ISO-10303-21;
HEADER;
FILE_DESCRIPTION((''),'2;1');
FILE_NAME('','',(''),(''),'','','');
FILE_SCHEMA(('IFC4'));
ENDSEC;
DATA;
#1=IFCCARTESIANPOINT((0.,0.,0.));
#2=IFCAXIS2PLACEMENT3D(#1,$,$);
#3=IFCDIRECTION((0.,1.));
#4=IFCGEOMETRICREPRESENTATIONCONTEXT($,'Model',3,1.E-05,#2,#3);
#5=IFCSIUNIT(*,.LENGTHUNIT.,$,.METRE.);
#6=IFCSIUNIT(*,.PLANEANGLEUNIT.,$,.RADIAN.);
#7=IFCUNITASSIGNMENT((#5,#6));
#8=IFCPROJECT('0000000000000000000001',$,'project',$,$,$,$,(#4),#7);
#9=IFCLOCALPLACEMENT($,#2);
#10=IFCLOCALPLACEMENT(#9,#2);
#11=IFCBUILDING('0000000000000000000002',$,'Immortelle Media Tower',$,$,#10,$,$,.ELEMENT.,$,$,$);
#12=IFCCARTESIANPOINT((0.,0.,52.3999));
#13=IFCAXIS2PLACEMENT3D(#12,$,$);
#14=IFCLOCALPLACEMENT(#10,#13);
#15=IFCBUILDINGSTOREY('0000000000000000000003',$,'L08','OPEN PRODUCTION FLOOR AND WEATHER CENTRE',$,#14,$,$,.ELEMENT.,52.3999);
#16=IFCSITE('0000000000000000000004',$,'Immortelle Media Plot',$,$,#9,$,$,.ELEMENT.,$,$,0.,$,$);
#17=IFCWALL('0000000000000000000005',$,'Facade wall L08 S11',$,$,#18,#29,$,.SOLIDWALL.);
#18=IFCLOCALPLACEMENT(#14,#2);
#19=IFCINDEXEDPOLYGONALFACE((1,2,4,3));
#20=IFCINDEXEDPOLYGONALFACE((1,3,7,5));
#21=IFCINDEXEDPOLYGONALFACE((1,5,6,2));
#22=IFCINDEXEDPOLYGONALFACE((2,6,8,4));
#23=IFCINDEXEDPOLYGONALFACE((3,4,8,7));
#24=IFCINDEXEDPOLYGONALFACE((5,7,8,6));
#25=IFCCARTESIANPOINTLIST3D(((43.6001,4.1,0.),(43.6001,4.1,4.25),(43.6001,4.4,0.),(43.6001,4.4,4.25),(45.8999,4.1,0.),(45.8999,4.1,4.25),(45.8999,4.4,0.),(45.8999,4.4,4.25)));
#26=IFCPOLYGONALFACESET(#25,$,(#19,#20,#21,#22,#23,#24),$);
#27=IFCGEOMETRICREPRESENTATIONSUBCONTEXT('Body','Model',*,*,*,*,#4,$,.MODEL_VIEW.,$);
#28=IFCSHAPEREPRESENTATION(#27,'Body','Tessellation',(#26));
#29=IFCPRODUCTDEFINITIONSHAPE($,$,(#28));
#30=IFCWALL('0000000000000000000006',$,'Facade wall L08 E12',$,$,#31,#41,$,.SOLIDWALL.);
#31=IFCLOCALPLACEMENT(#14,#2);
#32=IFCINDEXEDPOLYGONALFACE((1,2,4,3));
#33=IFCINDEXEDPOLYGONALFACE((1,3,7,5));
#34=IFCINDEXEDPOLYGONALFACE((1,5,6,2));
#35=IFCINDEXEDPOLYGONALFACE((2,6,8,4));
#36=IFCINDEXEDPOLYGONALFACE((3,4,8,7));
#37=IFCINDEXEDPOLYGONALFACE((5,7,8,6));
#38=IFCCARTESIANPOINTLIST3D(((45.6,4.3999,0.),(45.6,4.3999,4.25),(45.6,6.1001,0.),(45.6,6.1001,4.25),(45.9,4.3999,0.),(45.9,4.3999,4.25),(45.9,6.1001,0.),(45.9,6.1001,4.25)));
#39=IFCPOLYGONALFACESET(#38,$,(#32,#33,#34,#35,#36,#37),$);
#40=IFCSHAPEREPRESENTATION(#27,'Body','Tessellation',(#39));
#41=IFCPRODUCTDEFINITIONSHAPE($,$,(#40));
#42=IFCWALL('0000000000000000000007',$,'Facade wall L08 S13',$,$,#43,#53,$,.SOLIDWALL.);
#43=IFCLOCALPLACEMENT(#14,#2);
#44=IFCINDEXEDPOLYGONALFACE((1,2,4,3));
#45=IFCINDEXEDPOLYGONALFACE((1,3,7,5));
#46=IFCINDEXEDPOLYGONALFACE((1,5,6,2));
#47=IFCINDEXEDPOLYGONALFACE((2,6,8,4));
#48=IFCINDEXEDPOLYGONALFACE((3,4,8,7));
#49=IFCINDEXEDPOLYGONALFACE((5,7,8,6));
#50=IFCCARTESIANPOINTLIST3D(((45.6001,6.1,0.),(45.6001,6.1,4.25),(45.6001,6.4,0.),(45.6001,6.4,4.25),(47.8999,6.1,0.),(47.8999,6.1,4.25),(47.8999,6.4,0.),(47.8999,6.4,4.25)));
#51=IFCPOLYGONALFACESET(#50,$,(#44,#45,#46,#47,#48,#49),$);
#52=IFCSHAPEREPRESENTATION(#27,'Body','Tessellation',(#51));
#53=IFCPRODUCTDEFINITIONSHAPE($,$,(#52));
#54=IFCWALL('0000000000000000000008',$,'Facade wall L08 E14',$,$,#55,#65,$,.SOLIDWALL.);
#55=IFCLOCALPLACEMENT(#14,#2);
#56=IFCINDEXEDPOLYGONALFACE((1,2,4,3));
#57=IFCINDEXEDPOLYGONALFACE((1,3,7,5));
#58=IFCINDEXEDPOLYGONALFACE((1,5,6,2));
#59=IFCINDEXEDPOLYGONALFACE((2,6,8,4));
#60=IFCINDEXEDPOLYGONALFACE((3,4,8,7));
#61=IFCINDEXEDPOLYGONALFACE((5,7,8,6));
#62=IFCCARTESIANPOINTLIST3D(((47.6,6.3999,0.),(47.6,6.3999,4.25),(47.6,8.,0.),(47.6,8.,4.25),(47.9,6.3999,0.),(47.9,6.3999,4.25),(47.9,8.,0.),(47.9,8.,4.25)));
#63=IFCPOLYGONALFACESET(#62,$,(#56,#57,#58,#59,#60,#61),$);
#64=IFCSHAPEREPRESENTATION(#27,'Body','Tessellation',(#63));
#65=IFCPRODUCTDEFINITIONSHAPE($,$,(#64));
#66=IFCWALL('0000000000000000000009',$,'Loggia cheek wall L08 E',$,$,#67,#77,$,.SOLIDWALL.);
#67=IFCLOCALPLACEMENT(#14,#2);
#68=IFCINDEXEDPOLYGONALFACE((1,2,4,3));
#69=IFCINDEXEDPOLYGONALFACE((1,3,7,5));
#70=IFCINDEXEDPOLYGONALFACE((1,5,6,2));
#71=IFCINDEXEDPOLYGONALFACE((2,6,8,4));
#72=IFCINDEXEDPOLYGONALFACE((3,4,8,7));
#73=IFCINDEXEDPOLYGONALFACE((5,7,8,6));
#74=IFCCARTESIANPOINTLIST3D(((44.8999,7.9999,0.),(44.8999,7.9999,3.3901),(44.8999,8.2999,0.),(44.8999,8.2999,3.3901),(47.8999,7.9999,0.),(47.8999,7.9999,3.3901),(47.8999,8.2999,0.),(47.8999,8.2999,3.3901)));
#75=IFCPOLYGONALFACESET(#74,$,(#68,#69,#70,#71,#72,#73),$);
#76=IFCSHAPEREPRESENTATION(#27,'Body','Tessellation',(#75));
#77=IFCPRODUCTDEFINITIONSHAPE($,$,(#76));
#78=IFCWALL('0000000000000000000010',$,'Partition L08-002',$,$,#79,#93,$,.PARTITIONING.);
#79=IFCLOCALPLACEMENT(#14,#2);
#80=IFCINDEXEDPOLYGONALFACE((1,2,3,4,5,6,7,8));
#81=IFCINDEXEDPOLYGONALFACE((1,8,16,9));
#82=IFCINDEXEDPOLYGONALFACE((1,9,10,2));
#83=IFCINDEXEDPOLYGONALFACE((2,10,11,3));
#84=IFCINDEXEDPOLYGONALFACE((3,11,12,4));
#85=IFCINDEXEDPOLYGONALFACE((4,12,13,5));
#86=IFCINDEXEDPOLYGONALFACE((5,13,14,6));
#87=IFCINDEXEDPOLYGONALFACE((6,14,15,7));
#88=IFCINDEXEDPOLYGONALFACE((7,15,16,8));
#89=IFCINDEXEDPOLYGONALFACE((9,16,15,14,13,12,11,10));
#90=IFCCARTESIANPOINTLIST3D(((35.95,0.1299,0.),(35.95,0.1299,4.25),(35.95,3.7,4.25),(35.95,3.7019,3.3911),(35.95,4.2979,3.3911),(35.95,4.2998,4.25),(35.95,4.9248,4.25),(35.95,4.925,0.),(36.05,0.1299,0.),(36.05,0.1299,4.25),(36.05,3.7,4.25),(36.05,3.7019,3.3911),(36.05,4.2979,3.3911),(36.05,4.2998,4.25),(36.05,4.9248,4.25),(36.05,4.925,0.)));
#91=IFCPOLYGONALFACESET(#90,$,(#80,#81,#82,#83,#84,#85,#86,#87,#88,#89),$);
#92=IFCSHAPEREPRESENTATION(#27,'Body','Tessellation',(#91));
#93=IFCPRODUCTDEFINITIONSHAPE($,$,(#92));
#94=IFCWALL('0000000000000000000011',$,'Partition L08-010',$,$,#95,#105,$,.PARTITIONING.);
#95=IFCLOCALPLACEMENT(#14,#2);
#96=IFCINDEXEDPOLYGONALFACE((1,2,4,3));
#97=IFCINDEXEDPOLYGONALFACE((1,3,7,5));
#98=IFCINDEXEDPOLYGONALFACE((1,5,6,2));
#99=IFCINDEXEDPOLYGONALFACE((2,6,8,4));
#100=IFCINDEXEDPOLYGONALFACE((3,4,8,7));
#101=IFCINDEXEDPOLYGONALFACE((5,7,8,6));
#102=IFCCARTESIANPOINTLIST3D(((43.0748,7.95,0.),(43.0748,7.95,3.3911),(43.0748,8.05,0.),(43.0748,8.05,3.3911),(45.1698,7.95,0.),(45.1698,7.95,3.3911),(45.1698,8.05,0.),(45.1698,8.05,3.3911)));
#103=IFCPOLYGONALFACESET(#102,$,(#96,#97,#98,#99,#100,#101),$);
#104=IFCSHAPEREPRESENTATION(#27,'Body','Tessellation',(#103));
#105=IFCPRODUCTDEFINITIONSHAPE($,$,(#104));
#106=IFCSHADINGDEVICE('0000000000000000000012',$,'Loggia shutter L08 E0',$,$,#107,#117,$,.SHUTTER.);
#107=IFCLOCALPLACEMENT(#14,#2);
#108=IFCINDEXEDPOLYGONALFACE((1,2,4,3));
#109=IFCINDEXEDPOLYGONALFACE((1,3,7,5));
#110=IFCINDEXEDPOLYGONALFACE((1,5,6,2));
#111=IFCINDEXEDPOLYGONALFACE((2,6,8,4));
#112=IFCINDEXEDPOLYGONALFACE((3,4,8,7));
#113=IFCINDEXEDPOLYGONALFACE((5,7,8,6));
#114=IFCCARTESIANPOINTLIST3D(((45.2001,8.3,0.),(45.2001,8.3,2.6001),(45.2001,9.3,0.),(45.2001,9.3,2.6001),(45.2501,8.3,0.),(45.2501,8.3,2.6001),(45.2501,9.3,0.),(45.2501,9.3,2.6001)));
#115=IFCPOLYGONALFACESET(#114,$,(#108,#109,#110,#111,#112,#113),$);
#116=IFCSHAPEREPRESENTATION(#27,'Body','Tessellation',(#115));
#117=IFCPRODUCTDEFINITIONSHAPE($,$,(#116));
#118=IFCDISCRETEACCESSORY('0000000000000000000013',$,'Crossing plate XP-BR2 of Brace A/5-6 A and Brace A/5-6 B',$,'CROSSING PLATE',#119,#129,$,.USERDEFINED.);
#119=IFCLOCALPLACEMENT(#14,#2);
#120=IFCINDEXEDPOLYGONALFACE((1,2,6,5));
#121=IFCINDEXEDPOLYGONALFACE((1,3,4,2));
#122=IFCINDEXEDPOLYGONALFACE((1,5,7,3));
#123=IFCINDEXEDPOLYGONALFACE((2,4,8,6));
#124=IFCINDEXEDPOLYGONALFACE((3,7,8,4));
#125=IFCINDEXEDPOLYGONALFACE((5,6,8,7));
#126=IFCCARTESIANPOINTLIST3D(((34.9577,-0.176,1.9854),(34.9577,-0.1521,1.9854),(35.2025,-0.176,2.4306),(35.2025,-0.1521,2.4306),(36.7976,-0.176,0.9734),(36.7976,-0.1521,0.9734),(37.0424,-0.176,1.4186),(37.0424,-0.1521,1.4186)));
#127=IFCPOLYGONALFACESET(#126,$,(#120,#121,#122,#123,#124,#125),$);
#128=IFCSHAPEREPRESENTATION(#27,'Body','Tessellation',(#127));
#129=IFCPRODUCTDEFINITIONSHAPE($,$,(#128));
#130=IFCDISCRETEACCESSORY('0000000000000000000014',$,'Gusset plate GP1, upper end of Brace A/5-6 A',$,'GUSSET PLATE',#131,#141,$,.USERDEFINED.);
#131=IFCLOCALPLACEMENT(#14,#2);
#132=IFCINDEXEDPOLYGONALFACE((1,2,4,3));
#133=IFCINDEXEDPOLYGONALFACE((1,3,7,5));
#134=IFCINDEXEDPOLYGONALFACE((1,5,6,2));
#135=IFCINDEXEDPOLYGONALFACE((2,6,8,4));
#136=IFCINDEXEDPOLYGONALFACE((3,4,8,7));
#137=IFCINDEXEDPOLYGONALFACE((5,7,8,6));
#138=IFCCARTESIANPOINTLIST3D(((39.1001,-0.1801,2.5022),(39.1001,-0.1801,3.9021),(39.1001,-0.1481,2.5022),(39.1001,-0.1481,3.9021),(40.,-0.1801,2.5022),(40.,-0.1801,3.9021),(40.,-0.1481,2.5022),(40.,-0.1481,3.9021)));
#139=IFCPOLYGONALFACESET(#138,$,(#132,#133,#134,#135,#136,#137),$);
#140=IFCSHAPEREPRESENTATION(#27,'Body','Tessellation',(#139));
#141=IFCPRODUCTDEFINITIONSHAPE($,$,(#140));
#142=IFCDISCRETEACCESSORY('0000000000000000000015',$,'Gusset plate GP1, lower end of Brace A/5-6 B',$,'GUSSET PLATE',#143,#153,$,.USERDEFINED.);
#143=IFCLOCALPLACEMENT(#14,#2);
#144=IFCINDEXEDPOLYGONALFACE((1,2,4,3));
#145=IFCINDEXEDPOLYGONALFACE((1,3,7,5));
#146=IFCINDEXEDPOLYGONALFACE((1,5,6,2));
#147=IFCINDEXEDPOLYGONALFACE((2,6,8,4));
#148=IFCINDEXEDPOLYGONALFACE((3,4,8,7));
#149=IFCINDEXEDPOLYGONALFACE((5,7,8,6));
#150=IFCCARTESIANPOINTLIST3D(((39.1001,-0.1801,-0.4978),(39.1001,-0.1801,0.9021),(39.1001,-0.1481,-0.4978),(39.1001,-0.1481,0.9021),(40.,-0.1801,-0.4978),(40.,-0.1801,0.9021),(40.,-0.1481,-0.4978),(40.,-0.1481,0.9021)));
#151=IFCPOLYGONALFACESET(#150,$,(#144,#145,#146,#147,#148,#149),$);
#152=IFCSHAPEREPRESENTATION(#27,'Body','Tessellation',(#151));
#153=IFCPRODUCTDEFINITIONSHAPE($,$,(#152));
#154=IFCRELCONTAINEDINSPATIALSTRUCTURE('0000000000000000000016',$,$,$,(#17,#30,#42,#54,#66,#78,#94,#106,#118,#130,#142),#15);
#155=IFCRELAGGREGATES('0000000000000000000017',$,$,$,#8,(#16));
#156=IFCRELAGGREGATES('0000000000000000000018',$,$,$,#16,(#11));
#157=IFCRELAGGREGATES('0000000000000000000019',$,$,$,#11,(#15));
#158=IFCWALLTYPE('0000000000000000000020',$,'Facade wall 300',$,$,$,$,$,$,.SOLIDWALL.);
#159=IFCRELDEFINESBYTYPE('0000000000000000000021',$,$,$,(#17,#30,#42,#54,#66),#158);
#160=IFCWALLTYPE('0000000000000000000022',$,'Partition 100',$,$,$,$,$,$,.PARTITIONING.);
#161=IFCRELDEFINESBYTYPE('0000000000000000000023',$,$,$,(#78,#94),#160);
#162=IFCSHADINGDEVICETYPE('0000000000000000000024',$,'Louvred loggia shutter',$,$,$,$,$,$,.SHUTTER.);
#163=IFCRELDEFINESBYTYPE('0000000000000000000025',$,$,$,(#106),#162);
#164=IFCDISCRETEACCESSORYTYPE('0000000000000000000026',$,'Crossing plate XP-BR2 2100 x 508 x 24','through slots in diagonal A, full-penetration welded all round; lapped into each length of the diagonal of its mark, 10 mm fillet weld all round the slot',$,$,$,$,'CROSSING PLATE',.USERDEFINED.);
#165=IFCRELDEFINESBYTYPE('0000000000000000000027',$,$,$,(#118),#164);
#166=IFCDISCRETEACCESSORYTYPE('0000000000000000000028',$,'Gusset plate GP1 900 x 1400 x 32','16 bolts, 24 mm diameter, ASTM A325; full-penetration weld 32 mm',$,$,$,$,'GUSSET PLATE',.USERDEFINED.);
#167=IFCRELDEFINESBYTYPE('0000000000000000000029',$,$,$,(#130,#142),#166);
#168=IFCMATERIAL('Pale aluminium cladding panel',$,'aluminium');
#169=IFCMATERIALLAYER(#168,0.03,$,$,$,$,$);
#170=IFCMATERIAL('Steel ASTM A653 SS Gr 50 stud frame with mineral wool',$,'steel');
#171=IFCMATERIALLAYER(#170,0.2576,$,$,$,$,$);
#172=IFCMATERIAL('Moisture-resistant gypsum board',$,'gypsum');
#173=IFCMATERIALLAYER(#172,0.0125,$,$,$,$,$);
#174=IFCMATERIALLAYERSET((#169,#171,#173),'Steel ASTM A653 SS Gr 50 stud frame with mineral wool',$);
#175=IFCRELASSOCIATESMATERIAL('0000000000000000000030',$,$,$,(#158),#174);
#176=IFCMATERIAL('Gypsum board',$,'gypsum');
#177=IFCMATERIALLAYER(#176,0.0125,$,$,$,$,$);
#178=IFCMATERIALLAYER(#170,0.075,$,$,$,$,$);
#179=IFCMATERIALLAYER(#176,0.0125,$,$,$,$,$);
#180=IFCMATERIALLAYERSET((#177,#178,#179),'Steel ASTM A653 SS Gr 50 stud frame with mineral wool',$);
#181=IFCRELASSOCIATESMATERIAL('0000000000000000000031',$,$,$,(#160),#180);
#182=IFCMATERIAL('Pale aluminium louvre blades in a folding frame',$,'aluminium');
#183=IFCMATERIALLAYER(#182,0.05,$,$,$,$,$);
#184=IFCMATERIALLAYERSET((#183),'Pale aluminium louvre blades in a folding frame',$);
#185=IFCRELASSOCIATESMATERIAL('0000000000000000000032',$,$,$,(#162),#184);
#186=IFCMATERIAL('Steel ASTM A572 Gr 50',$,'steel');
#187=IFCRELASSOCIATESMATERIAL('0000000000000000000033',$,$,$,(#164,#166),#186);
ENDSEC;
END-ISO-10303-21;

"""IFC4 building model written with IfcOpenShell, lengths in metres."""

from ifc_helpers import new_model, si_unit, direction, frame, frame_2d, origin, origin_2d, place, context, subcontext, project, spatial, polyline, rectangle, outline, extrude, material, layer, layer_set, material_profile, profile_set, type_object, element, save


model = new_model("IFC4")

# Units and contexts
model_context = context("Model", 3, precision=1e-05, world=origin(), true_north=direction((0.0, 1.0)))
body_context = subcontext(model_context, "Body", "Model", "MODEL_VIEW")
ifc_project = project(units=[si_unit("LENGTHUNIT", "METRE"), si_unit("PLANEANGLEUNIT", "RADIAN")], contexts=[model_context])

# Site, building, storey
site_placement = place(None, origin())
site = spatial("IfcSite", under=ifc_project, at=site_placement, Name="Immortelle Media Plot", CompositionType="ELEMENT", RefElevation=0.0)
building_placement = place(site_placement, origin())
building = spatial("IfcBuilding", under=site, at=building_placement, Name="Immortelle Media Tower", CompositionType="ELEMENT")
storey_placement = place(building_placement, frame((0.0, 0.0, 52.3999)))
storey = spatial("IfcBuildingStorey", under=building, at=storey_placement, Name="L08", Description="OPEN PRODUCTION FLOOR AND WEATHER CENTRE", CompositionType="ELEMENT", Elevation=52.3999)

# Shared definitions
ifc_material_1 = material(Name="Steel ASTM A653 SS Gr 50 stud frame with mineral wool", Category="steel")

# Walls
ifc_material_2 = material(Name="Pale aluminium cladding panel", Category="aluminium")
ifc_layer_1 = layer(ifc_material_2, 0.03)
ifc_layer_2 = layer(ifc_material_1, 0.2576)
ifc_material_3 = material(Name="Moisture-resistant gypsum board", Category="gypsum")
ifc_layer_3 = layer(ifc_material_3, 0.0125)
ifc_layer_set_1 = layer_set([ifc_layer_1, ifc_layer_2, ifc_layer_3], Name="Steel ASTM A653 SS Gr 50 stud frame with mineral wool")
wall_type_1 = type_object("IfcWallType", Name="Facade wall 300", PredefinedType="SOLIDWALL", material=ifc_layer_set_1)
wall_1_placement = place(storey_placement, frame((43.6001, 4.25, 0.0), z_axis=(0.0, 0.0, 1.0), x_axis=(1.0, 0.0, 0.0)))
element("IfcWall", 1, at=wall_1_placement, inside=storey, type_object=wall_type_1, Name="Facade wall L08 S11", PredefinedType="SOLIDWALL", context=body_context, shape_type="SweptSolid", body=[
    extrude(rectangle(XDim=2.2998, YDim=0.3, at=frame_2d((1.1499, 0.0))), origin(), (0.0, 0.0, 1.0), 4.25),
])
wall_2_placement = place(storey_placement, frame((45.75, 4.3999, 0.0), z_axis=(0.0, 0.0, 1.0), x_axis=(0.0, 1.0, 0.0)))
element("IfcWall", 2, at=wall_2_placement, inside=storey, type_object=wall_type_1, Name="Facade wall L08 E12", PredefinedType="SOLIDWALL", context=body_context, shape_type="SweptSolid", body=[
    extrude(rectangle(XDim=1.7002, YDim=0.3, at=frame_2d((0.8501, 0.0))), origin(), (0.0, 0.0, 1.0), 4.25),
])
wall_3_placement = place(storey_placement, frame((45.6001, 6.25, 0.0), z_axis=(0.0, 0.0, 1.0), x_axis=(1.0, 0.0, 0.0)))
element("IfcWall", 3, at=wall_3_placement, inside=storey, type_object=wall_type_1, Name="Facade wall L08 S13", PredefinedType="SOLIDWALL", context=body_context, shape_type="SweptSolid", body=[
    extrude(rectangle(XDim=2.2998, YDim=0.3, at=frame_2d((1.1499, 0.0))), origin(), (0.0, 0.0, 1.0), 4.25),
])
wall_4_placement = place(storey_placement, frame((47.75, 6.3999, 0.0), z_axis=(0.0, 0.0, 1.0), x_axis=(0.0, 1.0, 0.0)))
element("IfcWall", 4, at=wall_4_placement, inside=storey, type_object=wall_type_1, Name="Facade wall L08 E14", PredefinedType="SOLIDWALL", context=body_context, shape_type="SweptSolid", body=[
    extrude(rectangle(XDim=1.6001, YDim=0.3, at=frame_2d((0.8, 0.0))), origin(), (0.0, 0.0, 1.0), 4.25),
])

# Walls
wall_5_placement = place(storey_placement, frame((47.8999, 8.1499, 0.0), z_axis=(0.0, 0.0, 1.0), x_axis=(-1.0, 0.0, 0.0)))
element("IfcWall", 5, at=wall_5_placement, inside=storey, type_object=wall_type_1, Name="Loggia cheek wall L08 E", PredefinedType="SOLIDWALL", context=body_context, shape_type="SweptSolid", body=[
    extrude(rectangle(XDim=3.0, YDim=0.3, at=frame_2d((1.5, 0.0))), origin(), (0.0, 0.0, 1.0), 3.3901),
])
ifc_material_4 = material(Name="Gypsum board", Category="gypsum")
ifc_layer_4 = layer(ifc_material_4, 0.0125)
ifc_layer_5 = layer(ifc_material_1, 0.075)
ifc_layer_6 = layer(ifc_material_4, 0.0125)
ifc_layer_set_2 = layer_set([ifc_layer_4, ifc_layer_5, ifc_layer_6], Name="Steel ASTM A653 SS Gr 50 stud frame with mineral wool")
wall_type_2 = type_object("IfcWallType", Name="Partition 100", PredefinedType="PARTITIONING", material=ifc_layer_set_2)
wall_6_placement = place(storey_placement, frame((36.0, 0.1299, 0.0), z_axis=(0.0, 0.0, 1.0), x_axis=(0.0, 1.0, 0.0)))
element("IfcWall", 6, at=wall_6_placement, inside=storey, type_object=wall_type_2, Name="Partition L08-002", PredefinedType="PARTITIONING", context=body_context, shape_type="SweptSolid", body=[
    extrude(outline(polyline([(0.0, 0.0), (4.7952, 0.0), (4.7949, 4.25), (4.1699, 4.25), (4.168, 3.3911), (3.572, 3.3911), (3.5701, 4.25), (0.0, 4.25), (0.0, 0.0)])), frame((0.0, 0.05, 0.0), z_axis=(0.0, -1.0, 0.0), x_axis=(1.0, 0.0, 0.0)), (0.0, 0.0, 1.0), 0.1001),
])
wall_7_placement = place(storey_placement, frame((43.075, 8.0, 0.0), z_axis=(0.0, 0.0, 1.0), x_axis=(1.0, 0.0, 0.0)))
element("IfcWall", 7, at=wall_7_placement, inside=storey, type_object=wall_type_2, Name="Partition L08-010", PredefinedType="PARTITIONING", context=body_context, shape_type="SweptSolid", body=[
    extrude(rectangle(XDim=2.095, YDim=0.1001, at=frame_2d((1.0474, 0.0))), origin(), (0.0, 0.0, 1.0), 3.3911),
])

# Shading device
ifc_material_5 = material(Name="Pale aluminium louvre blades in a folding frame", Category="aluminium")
ifc_layer_7 = layer(ifc_material_5, 0.05)
ifc_layer_set_3 = layer_set([ifc_layer_7], Name="Pale aluminium louvre blades in a folding frame")
shading_device_type = type_object("IfcShadingDeviceType", Name="Louvred loggia shutter", PredefinedType="SHUTTER", material=ifc_layer_set_3)
shading_device_placement = place(storey_placement, frame((45.2251, 8.8, 0.0), z_axis=(0.0, 0.0, 1.0), x_axis=(0.0, 1.0, 0.0)))
element("IfcShadingDevice", 8, at=shading_device_placement, inside=storey, type_object=shading_device_type, Name="Loggia shutter L08 E0", PredefinedType="SHUTTER", context=body_context, shape_type="SweptSolid", body=[
    extrude(rectangle(XDim=1.0, YDim=0.05, at=origin_2d()), origin(), (0.0, 0.0, 1.0), 2.6001),
])

# Discrete accessories
ifc_material_6 = material(Name="Steel ASTM A572 Gr 50", Category="steel")
ifc_material_profile_1 = material_profile(ifc_material_6, rectangle(XDim=0.0239, YDim=0.5081, at=origin_2d()), Name="PL 24 x 508")
ifc_profile_set_1 = profile_set([ifc_material_profile_1], Name="Steel ASTM A572 Gr 50")
discrete_accessory_type_1 = type_object("IfcDiscreteAccessoryType", Name="Crossing plate XP-BR2 2100 x 508 x 24", Description="through slots in diagonal A, full-penetration welded all round; lapped into each length of the diagonal of its mark, 10 mm fillet weld all round the slot", ElementType="CROSSING PLATE", PredefinedType="USERDEFINED", material=ifc_profile_set_1)
discrete_accessory_placement = place(storey_placement, frame((35.0801, -0.1641, 2.208), z_axis=(0.876206, 0.0, -0.481937), x_axis=(0.0, 1.0, 0.0)))
element("IfcDiscreteAccessory", 9, at=discrete_accessory_placement, inside=storey, type_object=discrete_accessory_type_1, Name="Crossing plate XP-BR2 of Brace A/5-6 A and Brace A/5-6 B", ObjectType="CROSSING PLATE", PredefinedType="USERDEFINED", context=body_context, shape_type="SweptSolid", body=[
    extrude(rectangle(XDim=0.0239, YDim=0.5081, at=origin_2d()), origin(), (0.0, 0.0, 1.0), 2.0999),
])
ifc_material_profile_2 = material_profile(ifc_material_6, rectangle(XDim=0.032, YDim=1.3999, at=origin_2d()), Name="PL 32 x 1400")
ifc_profile_set_2 = profile_set([ifc_material_profile_2], Name="Steel ASTM A572 Gr 50")
discrete_accessory_type_2 = type_object("IfcDiscreteAccessoryType", Name="Gusset plate GP1 900 x 1400 x 32", Description="16 bolts, 24 mm diameter, ASTM A325; full-penetration weld 32 mm", ElementType="GUSSET PLATE", PredefinedType="USERDEFINED", material=ifc_profile_set_2)
for number, where, z_axis, x_axis, name in (
    (10, (40.0, -0.1641, 3.2021), (-1.0, 0.0, 0.0), (0.0, -1.0, 0.0), "Gusset plate GP1, upper end of Brace A/5-6 A"),
    (11, (40.0, -0.1641, 0.2021), (-1.0, 0.0, 0.0), (0.0, -1.0, 0.0), "Gusset plate GP1, lower end of Brace A/5-6 B"),
):
    element("IfcDiscreteAccessory", number, at=place(storey_placement, frame(where, z_axis=z_axis, x_axis=x_axis)), inside=storey, type_object=discrete_accessory_type_2, Name=name, ObjectType="GUSSET PLATE", PredefinedType="USERDEFINED", context=body_context, shape_type="SweptSolid", body=[
        extrude(rectangle(XDim=0.032, YDim=1.3999, at=origin_2d()), origin(), (0.0, 0.0, 1.0), 0.8999),
    ])

save(model, "model.ifc")
